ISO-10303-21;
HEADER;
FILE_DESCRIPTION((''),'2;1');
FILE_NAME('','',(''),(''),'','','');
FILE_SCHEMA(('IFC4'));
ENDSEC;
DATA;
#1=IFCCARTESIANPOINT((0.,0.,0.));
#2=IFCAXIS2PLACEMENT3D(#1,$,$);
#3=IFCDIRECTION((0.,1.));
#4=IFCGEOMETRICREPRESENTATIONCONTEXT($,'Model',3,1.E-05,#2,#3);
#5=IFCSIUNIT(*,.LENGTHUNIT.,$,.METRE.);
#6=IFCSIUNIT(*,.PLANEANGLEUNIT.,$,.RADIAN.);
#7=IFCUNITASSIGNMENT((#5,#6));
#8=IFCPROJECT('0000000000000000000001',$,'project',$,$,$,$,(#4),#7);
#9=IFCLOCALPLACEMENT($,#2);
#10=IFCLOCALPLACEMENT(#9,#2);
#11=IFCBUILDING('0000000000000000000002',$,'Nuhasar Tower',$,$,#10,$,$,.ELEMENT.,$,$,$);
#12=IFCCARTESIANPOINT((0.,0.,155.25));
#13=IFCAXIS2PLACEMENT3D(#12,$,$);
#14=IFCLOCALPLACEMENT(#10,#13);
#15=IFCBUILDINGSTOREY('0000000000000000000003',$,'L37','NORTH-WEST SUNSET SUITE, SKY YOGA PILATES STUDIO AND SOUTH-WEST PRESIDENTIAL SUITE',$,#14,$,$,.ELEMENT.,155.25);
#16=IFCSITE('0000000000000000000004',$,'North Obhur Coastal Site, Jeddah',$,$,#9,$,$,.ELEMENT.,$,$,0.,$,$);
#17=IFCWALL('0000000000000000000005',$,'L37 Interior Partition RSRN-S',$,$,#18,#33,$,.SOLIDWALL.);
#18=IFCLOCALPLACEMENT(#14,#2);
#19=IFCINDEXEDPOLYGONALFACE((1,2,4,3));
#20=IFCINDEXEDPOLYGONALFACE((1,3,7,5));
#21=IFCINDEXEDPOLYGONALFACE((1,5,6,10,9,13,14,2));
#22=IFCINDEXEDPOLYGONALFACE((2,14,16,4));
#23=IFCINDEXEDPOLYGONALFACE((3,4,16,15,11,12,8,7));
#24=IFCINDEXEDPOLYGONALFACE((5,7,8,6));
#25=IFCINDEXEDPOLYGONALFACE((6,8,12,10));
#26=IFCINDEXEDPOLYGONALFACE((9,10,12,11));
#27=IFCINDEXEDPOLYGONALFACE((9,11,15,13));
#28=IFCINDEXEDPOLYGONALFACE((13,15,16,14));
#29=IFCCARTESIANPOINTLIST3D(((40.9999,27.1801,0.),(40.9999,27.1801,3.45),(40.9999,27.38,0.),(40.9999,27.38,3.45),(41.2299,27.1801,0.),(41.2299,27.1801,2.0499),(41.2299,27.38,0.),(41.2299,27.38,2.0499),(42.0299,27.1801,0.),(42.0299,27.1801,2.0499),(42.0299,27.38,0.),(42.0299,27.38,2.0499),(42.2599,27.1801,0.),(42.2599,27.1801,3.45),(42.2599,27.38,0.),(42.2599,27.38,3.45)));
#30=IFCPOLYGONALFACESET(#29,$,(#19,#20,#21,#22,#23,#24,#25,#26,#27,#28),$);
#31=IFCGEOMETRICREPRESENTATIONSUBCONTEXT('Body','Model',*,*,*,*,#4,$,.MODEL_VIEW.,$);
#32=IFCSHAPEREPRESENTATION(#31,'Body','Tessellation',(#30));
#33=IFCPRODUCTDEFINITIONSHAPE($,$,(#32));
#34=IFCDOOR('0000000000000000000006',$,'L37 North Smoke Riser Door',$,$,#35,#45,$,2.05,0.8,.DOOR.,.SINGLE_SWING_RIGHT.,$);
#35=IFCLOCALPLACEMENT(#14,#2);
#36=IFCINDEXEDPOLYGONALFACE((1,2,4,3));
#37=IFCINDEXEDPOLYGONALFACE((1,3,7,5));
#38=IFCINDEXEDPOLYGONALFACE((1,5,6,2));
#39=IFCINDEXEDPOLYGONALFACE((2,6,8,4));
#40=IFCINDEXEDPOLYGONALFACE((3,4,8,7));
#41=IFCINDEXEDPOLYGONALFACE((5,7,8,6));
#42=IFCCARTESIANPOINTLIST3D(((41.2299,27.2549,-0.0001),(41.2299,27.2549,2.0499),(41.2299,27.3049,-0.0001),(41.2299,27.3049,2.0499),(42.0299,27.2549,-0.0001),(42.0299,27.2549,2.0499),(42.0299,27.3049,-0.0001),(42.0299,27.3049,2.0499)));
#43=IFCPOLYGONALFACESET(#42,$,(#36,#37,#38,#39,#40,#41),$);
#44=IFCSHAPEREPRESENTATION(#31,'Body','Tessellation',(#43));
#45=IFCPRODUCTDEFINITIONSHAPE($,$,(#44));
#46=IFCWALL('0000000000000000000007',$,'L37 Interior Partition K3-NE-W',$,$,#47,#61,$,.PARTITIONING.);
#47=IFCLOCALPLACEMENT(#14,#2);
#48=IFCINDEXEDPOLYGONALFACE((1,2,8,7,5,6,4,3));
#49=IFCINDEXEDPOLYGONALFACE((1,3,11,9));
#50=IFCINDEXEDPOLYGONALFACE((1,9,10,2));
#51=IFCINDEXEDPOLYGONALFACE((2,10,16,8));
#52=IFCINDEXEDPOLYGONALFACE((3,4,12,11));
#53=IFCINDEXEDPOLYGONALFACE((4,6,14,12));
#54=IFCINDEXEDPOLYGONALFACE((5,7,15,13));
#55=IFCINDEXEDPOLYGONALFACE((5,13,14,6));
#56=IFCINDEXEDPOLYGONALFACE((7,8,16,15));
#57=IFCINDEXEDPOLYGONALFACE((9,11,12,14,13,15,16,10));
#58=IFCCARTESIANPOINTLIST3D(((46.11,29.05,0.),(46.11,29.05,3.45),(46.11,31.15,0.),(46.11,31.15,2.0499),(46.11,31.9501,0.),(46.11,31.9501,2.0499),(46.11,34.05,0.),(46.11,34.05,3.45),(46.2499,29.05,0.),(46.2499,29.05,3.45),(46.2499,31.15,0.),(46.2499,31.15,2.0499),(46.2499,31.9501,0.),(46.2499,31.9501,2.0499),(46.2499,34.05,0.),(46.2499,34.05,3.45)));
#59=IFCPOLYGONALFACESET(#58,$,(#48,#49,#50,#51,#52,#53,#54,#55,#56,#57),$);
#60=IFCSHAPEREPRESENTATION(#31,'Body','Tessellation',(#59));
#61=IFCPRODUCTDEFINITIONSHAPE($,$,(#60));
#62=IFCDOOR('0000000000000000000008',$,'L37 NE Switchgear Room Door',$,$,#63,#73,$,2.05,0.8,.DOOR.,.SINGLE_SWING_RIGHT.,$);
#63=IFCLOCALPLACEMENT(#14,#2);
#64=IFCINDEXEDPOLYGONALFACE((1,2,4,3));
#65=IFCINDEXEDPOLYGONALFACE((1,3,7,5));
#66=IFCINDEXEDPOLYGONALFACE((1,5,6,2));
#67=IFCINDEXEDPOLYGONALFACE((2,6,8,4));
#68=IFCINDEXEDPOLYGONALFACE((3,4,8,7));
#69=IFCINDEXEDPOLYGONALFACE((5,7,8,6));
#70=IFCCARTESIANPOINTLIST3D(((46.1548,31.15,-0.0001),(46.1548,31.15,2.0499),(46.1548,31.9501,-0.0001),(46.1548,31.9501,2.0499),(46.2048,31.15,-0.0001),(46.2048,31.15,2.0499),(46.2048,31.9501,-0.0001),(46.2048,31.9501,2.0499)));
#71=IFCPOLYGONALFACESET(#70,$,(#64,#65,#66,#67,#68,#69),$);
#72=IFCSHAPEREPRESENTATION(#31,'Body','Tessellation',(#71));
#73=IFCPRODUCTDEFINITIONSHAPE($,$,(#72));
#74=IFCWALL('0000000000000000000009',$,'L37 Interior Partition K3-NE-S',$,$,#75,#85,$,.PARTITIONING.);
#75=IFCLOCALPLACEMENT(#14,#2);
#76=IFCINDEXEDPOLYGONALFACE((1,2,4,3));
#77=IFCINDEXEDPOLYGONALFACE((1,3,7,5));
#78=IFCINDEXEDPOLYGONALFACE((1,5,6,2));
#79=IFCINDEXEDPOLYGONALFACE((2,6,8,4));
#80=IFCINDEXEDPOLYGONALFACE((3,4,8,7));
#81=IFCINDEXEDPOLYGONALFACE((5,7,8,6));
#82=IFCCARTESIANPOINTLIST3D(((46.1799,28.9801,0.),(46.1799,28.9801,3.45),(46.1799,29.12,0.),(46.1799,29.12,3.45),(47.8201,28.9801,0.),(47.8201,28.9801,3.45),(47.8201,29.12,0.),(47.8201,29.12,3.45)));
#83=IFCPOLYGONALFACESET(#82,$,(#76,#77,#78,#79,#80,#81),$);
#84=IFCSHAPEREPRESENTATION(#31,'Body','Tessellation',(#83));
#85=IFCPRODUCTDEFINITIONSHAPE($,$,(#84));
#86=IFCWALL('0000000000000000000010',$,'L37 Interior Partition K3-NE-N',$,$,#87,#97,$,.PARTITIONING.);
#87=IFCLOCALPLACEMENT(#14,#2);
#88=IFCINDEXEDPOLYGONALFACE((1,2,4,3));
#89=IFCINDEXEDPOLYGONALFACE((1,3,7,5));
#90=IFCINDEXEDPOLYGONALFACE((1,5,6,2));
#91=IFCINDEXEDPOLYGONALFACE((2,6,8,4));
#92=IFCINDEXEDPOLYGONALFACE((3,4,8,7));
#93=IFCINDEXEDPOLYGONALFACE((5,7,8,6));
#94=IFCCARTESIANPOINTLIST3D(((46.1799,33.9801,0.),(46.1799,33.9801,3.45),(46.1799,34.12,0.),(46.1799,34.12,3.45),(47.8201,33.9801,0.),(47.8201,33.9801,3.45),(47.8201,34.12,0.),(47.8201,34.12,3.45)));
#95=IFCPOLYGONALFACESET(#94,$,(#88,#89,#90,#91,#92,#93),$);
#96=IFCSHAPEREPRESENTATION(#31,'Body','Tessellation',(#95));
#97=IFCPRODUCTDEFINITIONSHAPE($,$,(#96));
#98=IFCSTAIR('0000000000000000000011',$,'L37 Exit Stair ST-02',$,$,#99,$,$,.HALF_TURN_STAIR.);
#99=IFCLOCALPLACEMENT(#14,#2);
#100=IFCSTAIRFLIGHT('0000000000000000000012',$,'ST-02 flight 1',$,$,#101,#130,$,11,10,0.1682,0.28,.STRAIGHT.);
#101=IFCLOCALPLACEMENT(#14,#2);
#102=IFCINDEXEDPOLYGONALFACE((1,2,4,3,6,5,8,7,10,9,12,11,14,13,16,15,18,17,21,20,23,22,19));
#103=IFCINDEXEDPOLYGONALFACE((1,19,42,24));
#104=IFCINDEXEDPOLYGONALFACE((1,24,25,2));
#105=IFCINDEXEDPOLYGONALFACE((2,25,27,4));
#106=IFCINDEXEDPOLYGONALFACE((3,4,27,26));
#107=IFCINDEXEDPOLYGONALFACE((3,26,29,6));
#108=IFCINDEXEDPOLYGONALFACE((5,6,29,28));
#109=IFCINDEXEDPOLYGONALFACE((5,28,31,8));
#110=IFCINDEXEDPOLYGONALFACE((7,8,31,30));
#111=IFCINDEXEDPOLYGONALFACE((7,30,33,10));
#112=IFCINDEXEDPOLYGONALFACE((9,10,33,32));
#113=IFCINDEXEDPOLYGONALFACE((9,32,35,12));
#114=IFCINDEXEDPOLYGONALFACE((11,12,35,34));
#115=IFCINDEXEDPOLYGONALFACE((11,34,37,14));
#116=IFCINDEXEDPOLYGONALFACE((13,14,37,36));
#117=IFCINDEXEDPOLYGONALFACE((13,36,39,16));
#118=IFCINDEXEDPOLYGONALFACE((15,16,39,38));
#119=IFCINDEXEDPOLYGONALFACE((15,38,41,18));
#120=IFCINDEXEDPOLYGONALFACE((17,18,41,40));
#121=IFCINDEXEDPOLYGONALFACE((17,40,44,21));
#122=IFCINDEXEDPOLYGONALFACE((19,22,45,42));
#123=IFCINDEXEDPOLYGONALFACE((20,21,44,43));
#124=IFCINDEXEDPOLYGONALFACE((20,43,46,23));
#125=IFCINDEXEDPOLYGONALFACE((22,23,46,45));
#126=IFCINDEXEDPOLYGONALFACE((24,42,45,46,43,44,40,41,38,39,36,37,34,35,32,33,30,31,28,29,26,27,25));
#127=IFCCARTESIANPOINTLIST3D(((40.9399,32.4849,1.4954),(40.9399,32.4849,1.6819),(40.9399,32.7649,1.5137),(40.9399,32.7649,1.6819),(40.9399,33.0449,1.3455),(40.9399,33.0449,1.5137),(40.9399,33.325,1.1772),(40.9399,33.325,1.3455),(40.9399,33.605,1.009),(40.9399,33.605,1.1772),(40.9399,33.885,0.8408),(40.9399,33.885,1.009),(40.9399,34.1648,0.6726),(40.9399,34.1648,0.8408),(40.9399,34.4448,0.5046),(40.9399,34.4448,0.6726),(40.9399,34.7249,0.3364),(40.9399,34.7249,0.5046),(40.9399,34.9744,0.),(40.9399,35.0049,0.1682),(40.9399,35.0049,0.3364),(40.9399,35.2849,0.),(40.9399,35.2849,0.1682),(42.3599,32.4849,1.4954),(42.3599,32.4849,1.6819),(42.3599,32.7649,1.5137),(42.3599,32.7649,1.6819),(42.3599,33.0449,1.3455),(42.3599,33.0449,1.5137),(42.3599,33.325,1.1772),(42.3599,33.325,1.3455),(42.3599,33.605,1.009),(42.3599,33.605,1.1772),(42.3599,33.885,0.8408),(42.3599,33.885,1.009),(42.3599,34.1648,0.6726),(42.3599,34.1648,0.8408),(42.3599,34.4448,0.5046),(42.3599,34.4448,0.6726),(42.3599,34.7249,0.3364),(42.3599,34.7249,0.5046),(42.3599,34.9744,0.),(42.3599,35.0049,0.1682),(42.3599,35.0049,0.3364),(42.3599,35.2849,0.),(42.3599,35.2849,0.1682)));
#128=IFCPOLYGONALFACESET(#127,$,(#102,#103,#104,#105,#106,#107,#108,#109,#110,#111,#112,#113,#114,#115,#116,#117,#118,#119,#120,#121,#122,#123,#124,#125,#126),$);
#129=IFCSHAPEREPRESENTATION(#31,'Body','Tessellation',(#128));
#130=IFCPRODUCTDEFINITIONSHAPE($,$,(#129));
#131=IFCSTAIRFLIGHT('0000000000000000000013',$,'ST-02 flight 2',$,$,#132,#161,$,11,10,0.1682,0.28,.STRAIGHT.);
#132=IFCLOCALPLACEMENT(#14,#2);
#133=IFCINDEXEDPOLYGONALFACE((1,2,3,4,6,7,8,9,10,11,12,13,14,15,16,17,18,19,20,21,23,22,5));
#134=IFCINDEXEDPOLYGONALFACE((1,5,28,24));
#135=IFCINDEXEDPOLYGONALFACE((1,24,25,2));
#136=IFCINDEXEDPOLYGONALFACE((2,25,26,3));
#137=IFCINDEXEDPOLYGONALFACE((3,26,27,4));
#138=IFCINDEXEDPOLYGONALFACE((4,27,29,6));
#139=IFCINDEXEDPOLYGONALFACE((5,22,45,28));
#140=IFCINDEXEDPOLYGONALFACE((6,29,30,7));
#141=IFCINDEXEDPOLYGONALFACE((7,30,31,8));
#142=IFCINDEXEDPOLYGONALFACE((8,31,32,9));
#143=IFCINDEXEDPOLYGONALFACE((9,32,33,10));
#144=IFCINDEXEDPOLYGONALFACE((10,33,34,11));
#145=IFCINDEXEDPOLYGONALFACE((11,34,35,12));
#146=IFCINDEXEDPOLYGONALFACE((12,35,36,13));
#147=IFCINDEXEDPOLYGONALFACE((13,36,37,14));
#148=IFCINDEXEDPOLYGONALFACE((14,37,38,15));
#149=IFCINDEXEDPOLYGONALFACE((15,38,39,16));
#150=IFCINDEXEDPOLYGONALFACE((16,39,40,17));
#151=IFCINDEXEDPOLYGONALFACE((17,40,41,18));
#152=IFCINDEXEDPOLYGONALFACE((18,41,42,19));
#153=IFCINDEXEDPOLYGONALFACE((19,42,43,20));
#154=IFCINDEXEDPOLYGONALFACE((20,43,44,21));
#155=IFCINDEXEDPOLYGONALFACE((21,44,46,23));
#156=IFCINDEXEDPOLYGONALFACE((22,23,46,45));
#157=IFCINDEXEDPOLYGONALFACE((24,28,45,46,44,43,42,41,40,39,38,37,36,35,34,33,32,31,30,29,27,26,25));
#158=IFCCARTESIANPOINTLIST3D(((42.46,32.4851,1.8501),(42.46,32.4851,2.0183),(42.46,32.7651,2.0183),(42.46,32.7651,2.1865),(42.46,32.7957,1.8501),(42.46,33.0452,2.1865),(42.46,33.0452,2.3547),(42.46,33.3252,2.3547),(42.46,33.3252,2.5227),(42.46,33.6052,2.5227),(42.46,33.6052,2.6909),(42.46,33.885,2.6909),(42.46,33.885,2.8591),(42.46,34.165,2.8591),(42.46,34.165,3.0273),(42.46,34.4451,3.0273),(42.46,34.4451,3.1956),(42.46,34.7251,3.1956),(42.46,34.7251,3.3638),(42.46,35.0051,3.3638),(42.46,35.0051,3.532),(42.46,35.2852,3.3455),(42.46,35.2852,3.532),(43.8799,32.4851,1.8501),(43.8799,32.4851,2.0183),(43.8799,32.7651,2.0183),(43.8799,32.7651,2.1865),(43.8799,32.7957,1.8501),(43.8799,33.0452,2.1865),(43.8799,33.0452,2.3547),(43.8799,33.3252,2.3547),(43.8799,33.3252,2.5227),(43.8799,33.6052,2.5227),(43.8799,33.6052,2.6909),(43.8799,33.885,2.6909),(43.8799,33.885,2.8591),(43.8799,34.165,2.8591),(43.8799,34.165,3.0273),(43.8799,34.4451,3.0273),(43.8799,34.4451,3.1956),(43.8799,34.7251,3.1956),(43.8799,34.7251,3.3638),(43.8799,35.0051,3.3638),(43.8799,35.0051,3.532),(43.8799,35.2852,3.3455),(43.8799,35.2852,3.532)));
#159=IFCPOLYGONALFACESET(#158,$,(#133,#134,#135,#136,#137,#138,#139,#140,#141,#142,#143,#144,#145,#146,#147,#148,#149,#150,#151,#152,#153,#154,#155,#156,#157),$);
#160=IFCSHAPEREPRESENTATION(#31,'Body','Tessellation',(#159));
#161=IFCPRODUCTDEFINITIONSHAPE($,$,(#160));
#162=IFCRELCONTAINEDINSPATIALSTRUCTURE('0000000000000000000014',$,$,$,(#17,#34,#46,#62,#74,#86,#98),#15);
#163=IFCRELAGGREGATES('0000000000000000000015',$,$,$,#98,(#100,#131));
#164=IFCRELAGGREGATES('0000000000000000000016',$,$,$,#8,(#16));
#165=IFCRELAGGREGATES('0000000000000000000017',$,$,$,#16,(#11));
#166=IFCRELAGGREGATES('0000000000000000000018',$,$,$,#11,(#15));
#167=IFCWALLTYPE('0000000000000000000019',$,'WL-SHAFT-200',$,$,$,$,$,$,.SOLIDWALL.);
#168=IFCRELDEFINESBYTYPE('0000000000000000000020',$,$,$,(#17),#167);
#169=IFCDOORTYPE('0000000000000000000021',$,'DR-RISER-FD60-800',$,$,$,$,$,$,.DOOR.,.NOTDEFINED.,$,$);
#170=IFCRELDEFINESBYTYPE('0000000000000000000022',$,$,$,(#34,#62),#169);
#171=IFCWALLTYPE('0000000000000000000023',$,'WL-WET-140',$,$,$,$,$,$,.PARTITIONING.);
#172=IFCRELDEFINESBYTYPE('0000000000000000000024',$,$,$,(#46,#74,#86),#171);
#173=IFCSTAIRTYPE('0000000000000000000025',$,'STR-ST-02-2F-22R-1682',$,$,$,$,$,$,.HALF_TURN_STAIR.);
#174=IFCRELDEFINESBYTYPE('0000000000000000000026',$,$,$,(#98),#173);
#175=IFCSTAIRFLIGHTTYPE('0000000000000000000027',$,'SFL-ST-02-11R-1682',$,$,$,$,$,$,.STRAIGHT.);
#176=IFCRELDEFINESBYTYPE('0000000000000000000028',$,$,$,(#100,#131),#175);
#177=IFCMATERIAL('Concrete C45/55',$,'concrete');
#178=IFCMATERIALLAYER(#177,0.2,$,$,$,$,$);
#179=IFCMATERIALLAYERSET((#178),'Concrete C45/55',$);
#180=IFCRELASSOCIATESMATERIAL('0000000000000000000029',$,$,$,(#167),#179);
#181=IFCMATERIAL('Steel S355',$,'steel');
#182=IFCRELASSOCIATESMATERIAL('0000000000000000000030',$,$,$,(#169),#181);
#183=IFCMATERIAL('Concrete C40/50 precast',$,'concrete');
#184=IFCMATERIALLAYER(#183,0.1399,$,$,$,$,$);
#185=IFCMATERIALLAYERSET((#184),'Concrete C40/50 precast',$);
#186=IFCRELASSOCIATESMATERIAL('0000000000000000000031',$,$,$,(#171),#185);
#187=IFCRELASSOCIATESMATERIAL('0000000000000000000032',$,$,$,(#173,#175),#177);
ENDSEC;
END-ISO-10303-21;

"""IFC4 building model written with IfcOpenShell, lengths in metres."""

from ifc_helpers import new_model, si_unit, direction, frame, frame_2d, origin, place, context, subcontext, project, spatial, polyline, rectangle, outline, extrude, material, layer, layer_set, type_object, element, fill, aggregate, save


model = new_model("IFC4")

# Units and contexts
model_context = context("Model", 3, precision=1e-05, world=origin(), true_north=direction((0.0, 1.0)))
body_context = subcontext(model_context, "Body", "Model", "MODEL_VIEW")
ifc_project = project(units=[si_unit("LENGTHUNIT", "METRE"), si_unit("PLANEANGLEUNIT", "RADIAN")], contexts=[model_context])

# Site, building, storey
site_placement = place(None, origin())
site = spatial("IfcSite", under=ifc_project, at=site_placement, Name="North Obhur Coastal Site, Jeddah", CompositionType="ELEMENT", RefElevation=0.0)
building_placement = place(site_placement, origin())
building = spatial("IfcBuilding", under=site, at=building_placement, Name="Nuhasar Tower", CompositionType="ELEMENT")
storey_placement = place(building_placement, frame((0.0, 0.0, 155.25)))
storey = spatial("IfcBuildingStorey", under=building, at=storey_placement, Name="L37", Description="NORTH-WEST SUNSET SUITE, SKY YOGA PILATES STUDIO AND SOUTH-WEST PRESIDENTIAL SUITE", CompositionType="ELEMENT", Elevation=155.25)

# Shared definitions
ifc_material_1 = material(Name="Steel S355", Category="steel")

# Shared definitions
ifc_material_2 = material(Name="Concrete C45/55", Category="concrete")

# Shared definitions
ifc_layer_1 = layer(ifc_material_2, 0.2)
ifc_layer_set_1 = layer_set([ifc_layer_1], Name="Concrete C45/55")
wall_type_1 = type_object("IfcWallType", Name="WL-SHAFT-200", PredefinedType="SOLIDWALL", material=ifc_layer_set_1)

# Walls, openings, doors
wall_1_placement = place(storey_placement, frame((41.0, 27.28, 0.0), z_axis=(0.0, 0.0, 1.0), x_axis=(1.0, 0.0, 0.0)))
wall_1 = element("IfcWall", 1, at=wall_1_placement, inside=storey, type_object=wall_type_1, Name="L37 Interior Partition RSRN-S", PredefinedType="SOLIDWALL", context=body_context, shape_type="SweptSolid", body=[
    extrude(rectangle(XDim=1.26, YDim=0.2, at=frame_2d((0.6299, 0.0))), origin(), (0.0, 0.0, 1.0), 3.45),
])
opening_1_placement = place(wall_1_placement, frame((0.23, 0.0, 0.0)))
opening_1 = element("IfcOpeningElement", 2, at=opening_1_placement, cuts=wall_1, PredefinedType="OPENING", context=body_context, shape_type="SweptSolid", body=[
    extrude(rectangle(XDim=0.8, YDim=2.05, at=frame_2d((0.3999, 1.0249))), frame((0.0, 0.1099, 0.0), z_axis=(0.0, -1.0, 0.0), x_axis=(1.0, 0.0, 0.0)), (0.0, 0.0, 1.0), 0.22),
])
door_type_1 = type_object("IfcDoorType", Name="DR-RISER-FD60-800", OperationType="NOTDEFINED", PredefinedType="DOOR", material=ifc_material_1)
door_1_placement = place(opening_1_placement, origin())
door_1 = element("IfcDoor", 3, at=door_1_placement, inside=storey, type_object=door_type_1, Name="L37 North Smoke Riser Door", OperationType="SINGLE_SWING_RIGHT", OverallHeight=2.05, OverallWidth=0.8, PredefinedType="DOOR", context=body_context, shape_type="SweptSolid", body=[
    extrude(rectangle(XDim=0.8, YDim=2.05, at=frame_2d((0.3999, 1.0249))), frame((0.0, 0.0249, 0.0), z_axis=(0.0, -1.0, 0.0), x_axis=(1.0, 0.0, 0.0)), (0.0, 0.0, 1.0), 0.05),
])
fill(opening_1, door_1)
ifc_material_3 = material(Name="Concrete C40/50 precast", Category="concrete")
ifc_layer_2 = layer(ifc_material_3, 0.1399)
ifc_layer_set_2 = layer_set([ifc_layer_2], Name="Concrete C40/50 precast")
wall_type_2 = type_object("IfcWallType", Name="WL-WET-140", PredefinedType="PARTITIONING", material=ifc_layer_set_2)
wall_2_placement = place(storey_placement, frame((46.1799, 34.05, 0.0), z_axis=(0.0, 0.0, 1.0), x_axis=(0.0, -1.0, 0.0)))
wall_2 = element("IfcWall", 4, at=wall_2_placement, inside=storey, type_object=wall_type_2, Name="L37 Interior Partition K3-NE-W", PredefinedType="PARTITIONING", context=body_context, shape_type="SweptSolid", body=[
    extrude(rectangle(XDim=5.0, YDim=0.1399, at=frame_2d((2.5, 0.0))), origin(), (0.0, 0.0, 1.0), 3.45),
])
opening_2_placement = place(wall_2_placement, frame((2.1001, 0.0, 0.0)))
opening_2 = element("IfcOpeningElement", 5, at=opening_2_placement, cuts=wall_2, PredefinedType="OPENING", context=body_context, shape_type="SweptSolid", body=[
    extrude(rectangle(XDim=0.8, YDim=2.05, at=frame_2d((0.3999, 1.0249))), frame((0.0, 0.0801, 0.0), z_axis=(0.0, -1.0, 0.0), x_axis=(1.0, 0.0, 0.0)), (0.0, 0.0, 1.0), 0.1599),
])
door_2_placement = place(opening_2_placement, origin())
door_2 = element("IfcDoor", 6, at=door_2_placement, inside=storey, type_object=door_type_1, Name="L37 NE Switchgear Room Door", OperationType="SINGLE_SWING_RIGHT", OverallHeight=2.05, OverallWidth=0.8, PredefinedType="DOOR", context=body_context, shape_type="SweptSolid", body=[
    extrude(rectangle(XDim=0.8, YDim=2.05, at=frame_2d((0.3999, 1.0249))), frame((0.0, 0.0249, 0.0), z_axis=(0.0, -1.0, 0.0), x_axis=(1.0, 0.0, 0.0)), (0.0, 0.0, 1.0), 0.05),
])
fill(opening_2, door_2)

# Walls
for number, where, z_axis, x_axis, name in (
    (7, (46.1799, 29.05, 0.0), (0.0, 0.0, 1.0), (1.0, 0.0, 0.0), "L37 Interior Partition K3-NE-S"),
    (8, (46.1799, 34.05, 0.0), (0.0, 0.0, 1.0), (1.0, 0.0, 0.0), "L37 Interior Partition K3-NE-N"),
):
    element("IfcWall", number, at=place(storey_placement, frame(where, z_axis=z_axis, x_axis=x_axis)), inside=storey, type_object=wall_type_2, Name=name, PredefinedType="PARTITIONING", context=body_context, shape_type="SweptSolid", body=[
        extrude(rectangle(XDim=1.6401, YDim=0.1399, at=frame_2d((0.8201, 0.0))), origin(), (0.0, 0.0, 1.0), 3.45),
    ])

# Stair, stair flights
stair_type_1 = type_object("IfcStairType", Name="STR-ST-02-2F-22R-1682", PredefinedType="HALF_TURN_STAIR", material=ifc_material_2)
stair_1_placement = place(storey_placement, origin())
stair_1 = element("IfcStair", 9, at=stair_1_placement, inside=storey, type_object=stair_type_1, Name="L37 Exit Stair ST-02", PredefinedType="HALF_TURN_STAIR")
stair_flight_type_1 = type_object("IfcStairFlightType", Name="SFL-ST-02-11R-1682", PredefinedType="STRAIGHT", material=ifc_material_2)
stair_flight_1_placement = place(storey_placement, frame((41.6499, 35.2849, 0.0), z_axis=(0.0, 0.0, 1.0), x_axis=(0.0, -1.0, 0.0)))
stair_flight_1 = element("IfcStairFlight", 10, at=stair_flight_1_placement, type_object=stair_flight_type_1, Name="ST-02 flight 1", NumberOfRisers=11, NumberOfTreads=10, PredefinedType="STRAIGHT", RiserHeight=0.1682, TreadLength=0.28, context=body_context, shape_type="SweptSolid", body=[
    extrude(outline(polyline([(0.0, 0.0), (0.0, 0.1682), (0.28, 0.1682), (0.28, 0.3364), (0.5601, 0.3364), (0.5601, 0.5046), (0.8401, 0.5046), (0.8401, 0.6726), (1.1201, 0.6726), (1.1201, 0.8408), (1.3999, 0.8408), (1.3999, 1.009), (1.6799, 1.009), (1.6799, 1.1772), (1.96, 1.1772), (1.96, 1.3455), (2.24, 1.3455), (2.24, 1.5137), (2.52, 1.5137), (2.52, 1.6819), (2.8, 1.6819), (2.8, 1.8501), (2.8, 1.4954), (0.3105, 0.0), (0.0, 0.0)])), frame((0.0, 0.71, 0.0), z_axis=(0.0, -1.0, 0.0), x_axis=(1.0, 0.0, 0.0)), (0.0, 0.0, 1.0), 1.4199),
])
stair_flight_2_placement = place(storey_placement, frame((43.1699, 32.4851, 1.8501), z_axis=(0.0, 0.0, 1.0), x_axis=(0.0, 1.0, 0.0)))
stair_flight_2 = element("IfcStairFlight", 11, at=stair_flight_2_placement, type_object=stair_flight_type_1, Name="ST-02 flight 2", NumberOfRisers=11, NumberOfTreads=10, PredefinedType="STRAIGHT", RiserHeight=0.1682, TreadLength=0.28, context=body_context, shape_type="SweptSolid", body=[
    extrude(outline(polyline([(0.0, 0.0), (0.0, 0.1682), (0.28, 0.1682), (0.28, 0.3364), (0.5601, 0.3364), (0.5601, 0.5046), (0.8401, 0.5046), (0.8401, 0.6726), (1.1201, 0.6726), (1.1201, 0.8408), (1.3999, 0.8408), (1.3999, 1.009), (1.6799, 1.009), (1.6799, 1.1772), (1.96, 1.1772), (1.96, 1.3455), (2.24, 1.3455), (2.24, 1.5137), (2.52, 1.5137), (2.52, 1.6819), (2.8, 1.6819), (2.8, 1.8501), (2.8, 1.4954), (0.3105, 0.0), (0.0, 0.0)])), frame((0.0, 0.71, 0.0), z_axis=(0.0, -1.0, 0.0), x_axis=(1.0, 0.0, 0.0)), (0.0, 0.0, 1.0), 1.4199),
])
aggregate(stair_1, [stair_flight_1, stair_flight_2])

save(model, "model.ifc")
